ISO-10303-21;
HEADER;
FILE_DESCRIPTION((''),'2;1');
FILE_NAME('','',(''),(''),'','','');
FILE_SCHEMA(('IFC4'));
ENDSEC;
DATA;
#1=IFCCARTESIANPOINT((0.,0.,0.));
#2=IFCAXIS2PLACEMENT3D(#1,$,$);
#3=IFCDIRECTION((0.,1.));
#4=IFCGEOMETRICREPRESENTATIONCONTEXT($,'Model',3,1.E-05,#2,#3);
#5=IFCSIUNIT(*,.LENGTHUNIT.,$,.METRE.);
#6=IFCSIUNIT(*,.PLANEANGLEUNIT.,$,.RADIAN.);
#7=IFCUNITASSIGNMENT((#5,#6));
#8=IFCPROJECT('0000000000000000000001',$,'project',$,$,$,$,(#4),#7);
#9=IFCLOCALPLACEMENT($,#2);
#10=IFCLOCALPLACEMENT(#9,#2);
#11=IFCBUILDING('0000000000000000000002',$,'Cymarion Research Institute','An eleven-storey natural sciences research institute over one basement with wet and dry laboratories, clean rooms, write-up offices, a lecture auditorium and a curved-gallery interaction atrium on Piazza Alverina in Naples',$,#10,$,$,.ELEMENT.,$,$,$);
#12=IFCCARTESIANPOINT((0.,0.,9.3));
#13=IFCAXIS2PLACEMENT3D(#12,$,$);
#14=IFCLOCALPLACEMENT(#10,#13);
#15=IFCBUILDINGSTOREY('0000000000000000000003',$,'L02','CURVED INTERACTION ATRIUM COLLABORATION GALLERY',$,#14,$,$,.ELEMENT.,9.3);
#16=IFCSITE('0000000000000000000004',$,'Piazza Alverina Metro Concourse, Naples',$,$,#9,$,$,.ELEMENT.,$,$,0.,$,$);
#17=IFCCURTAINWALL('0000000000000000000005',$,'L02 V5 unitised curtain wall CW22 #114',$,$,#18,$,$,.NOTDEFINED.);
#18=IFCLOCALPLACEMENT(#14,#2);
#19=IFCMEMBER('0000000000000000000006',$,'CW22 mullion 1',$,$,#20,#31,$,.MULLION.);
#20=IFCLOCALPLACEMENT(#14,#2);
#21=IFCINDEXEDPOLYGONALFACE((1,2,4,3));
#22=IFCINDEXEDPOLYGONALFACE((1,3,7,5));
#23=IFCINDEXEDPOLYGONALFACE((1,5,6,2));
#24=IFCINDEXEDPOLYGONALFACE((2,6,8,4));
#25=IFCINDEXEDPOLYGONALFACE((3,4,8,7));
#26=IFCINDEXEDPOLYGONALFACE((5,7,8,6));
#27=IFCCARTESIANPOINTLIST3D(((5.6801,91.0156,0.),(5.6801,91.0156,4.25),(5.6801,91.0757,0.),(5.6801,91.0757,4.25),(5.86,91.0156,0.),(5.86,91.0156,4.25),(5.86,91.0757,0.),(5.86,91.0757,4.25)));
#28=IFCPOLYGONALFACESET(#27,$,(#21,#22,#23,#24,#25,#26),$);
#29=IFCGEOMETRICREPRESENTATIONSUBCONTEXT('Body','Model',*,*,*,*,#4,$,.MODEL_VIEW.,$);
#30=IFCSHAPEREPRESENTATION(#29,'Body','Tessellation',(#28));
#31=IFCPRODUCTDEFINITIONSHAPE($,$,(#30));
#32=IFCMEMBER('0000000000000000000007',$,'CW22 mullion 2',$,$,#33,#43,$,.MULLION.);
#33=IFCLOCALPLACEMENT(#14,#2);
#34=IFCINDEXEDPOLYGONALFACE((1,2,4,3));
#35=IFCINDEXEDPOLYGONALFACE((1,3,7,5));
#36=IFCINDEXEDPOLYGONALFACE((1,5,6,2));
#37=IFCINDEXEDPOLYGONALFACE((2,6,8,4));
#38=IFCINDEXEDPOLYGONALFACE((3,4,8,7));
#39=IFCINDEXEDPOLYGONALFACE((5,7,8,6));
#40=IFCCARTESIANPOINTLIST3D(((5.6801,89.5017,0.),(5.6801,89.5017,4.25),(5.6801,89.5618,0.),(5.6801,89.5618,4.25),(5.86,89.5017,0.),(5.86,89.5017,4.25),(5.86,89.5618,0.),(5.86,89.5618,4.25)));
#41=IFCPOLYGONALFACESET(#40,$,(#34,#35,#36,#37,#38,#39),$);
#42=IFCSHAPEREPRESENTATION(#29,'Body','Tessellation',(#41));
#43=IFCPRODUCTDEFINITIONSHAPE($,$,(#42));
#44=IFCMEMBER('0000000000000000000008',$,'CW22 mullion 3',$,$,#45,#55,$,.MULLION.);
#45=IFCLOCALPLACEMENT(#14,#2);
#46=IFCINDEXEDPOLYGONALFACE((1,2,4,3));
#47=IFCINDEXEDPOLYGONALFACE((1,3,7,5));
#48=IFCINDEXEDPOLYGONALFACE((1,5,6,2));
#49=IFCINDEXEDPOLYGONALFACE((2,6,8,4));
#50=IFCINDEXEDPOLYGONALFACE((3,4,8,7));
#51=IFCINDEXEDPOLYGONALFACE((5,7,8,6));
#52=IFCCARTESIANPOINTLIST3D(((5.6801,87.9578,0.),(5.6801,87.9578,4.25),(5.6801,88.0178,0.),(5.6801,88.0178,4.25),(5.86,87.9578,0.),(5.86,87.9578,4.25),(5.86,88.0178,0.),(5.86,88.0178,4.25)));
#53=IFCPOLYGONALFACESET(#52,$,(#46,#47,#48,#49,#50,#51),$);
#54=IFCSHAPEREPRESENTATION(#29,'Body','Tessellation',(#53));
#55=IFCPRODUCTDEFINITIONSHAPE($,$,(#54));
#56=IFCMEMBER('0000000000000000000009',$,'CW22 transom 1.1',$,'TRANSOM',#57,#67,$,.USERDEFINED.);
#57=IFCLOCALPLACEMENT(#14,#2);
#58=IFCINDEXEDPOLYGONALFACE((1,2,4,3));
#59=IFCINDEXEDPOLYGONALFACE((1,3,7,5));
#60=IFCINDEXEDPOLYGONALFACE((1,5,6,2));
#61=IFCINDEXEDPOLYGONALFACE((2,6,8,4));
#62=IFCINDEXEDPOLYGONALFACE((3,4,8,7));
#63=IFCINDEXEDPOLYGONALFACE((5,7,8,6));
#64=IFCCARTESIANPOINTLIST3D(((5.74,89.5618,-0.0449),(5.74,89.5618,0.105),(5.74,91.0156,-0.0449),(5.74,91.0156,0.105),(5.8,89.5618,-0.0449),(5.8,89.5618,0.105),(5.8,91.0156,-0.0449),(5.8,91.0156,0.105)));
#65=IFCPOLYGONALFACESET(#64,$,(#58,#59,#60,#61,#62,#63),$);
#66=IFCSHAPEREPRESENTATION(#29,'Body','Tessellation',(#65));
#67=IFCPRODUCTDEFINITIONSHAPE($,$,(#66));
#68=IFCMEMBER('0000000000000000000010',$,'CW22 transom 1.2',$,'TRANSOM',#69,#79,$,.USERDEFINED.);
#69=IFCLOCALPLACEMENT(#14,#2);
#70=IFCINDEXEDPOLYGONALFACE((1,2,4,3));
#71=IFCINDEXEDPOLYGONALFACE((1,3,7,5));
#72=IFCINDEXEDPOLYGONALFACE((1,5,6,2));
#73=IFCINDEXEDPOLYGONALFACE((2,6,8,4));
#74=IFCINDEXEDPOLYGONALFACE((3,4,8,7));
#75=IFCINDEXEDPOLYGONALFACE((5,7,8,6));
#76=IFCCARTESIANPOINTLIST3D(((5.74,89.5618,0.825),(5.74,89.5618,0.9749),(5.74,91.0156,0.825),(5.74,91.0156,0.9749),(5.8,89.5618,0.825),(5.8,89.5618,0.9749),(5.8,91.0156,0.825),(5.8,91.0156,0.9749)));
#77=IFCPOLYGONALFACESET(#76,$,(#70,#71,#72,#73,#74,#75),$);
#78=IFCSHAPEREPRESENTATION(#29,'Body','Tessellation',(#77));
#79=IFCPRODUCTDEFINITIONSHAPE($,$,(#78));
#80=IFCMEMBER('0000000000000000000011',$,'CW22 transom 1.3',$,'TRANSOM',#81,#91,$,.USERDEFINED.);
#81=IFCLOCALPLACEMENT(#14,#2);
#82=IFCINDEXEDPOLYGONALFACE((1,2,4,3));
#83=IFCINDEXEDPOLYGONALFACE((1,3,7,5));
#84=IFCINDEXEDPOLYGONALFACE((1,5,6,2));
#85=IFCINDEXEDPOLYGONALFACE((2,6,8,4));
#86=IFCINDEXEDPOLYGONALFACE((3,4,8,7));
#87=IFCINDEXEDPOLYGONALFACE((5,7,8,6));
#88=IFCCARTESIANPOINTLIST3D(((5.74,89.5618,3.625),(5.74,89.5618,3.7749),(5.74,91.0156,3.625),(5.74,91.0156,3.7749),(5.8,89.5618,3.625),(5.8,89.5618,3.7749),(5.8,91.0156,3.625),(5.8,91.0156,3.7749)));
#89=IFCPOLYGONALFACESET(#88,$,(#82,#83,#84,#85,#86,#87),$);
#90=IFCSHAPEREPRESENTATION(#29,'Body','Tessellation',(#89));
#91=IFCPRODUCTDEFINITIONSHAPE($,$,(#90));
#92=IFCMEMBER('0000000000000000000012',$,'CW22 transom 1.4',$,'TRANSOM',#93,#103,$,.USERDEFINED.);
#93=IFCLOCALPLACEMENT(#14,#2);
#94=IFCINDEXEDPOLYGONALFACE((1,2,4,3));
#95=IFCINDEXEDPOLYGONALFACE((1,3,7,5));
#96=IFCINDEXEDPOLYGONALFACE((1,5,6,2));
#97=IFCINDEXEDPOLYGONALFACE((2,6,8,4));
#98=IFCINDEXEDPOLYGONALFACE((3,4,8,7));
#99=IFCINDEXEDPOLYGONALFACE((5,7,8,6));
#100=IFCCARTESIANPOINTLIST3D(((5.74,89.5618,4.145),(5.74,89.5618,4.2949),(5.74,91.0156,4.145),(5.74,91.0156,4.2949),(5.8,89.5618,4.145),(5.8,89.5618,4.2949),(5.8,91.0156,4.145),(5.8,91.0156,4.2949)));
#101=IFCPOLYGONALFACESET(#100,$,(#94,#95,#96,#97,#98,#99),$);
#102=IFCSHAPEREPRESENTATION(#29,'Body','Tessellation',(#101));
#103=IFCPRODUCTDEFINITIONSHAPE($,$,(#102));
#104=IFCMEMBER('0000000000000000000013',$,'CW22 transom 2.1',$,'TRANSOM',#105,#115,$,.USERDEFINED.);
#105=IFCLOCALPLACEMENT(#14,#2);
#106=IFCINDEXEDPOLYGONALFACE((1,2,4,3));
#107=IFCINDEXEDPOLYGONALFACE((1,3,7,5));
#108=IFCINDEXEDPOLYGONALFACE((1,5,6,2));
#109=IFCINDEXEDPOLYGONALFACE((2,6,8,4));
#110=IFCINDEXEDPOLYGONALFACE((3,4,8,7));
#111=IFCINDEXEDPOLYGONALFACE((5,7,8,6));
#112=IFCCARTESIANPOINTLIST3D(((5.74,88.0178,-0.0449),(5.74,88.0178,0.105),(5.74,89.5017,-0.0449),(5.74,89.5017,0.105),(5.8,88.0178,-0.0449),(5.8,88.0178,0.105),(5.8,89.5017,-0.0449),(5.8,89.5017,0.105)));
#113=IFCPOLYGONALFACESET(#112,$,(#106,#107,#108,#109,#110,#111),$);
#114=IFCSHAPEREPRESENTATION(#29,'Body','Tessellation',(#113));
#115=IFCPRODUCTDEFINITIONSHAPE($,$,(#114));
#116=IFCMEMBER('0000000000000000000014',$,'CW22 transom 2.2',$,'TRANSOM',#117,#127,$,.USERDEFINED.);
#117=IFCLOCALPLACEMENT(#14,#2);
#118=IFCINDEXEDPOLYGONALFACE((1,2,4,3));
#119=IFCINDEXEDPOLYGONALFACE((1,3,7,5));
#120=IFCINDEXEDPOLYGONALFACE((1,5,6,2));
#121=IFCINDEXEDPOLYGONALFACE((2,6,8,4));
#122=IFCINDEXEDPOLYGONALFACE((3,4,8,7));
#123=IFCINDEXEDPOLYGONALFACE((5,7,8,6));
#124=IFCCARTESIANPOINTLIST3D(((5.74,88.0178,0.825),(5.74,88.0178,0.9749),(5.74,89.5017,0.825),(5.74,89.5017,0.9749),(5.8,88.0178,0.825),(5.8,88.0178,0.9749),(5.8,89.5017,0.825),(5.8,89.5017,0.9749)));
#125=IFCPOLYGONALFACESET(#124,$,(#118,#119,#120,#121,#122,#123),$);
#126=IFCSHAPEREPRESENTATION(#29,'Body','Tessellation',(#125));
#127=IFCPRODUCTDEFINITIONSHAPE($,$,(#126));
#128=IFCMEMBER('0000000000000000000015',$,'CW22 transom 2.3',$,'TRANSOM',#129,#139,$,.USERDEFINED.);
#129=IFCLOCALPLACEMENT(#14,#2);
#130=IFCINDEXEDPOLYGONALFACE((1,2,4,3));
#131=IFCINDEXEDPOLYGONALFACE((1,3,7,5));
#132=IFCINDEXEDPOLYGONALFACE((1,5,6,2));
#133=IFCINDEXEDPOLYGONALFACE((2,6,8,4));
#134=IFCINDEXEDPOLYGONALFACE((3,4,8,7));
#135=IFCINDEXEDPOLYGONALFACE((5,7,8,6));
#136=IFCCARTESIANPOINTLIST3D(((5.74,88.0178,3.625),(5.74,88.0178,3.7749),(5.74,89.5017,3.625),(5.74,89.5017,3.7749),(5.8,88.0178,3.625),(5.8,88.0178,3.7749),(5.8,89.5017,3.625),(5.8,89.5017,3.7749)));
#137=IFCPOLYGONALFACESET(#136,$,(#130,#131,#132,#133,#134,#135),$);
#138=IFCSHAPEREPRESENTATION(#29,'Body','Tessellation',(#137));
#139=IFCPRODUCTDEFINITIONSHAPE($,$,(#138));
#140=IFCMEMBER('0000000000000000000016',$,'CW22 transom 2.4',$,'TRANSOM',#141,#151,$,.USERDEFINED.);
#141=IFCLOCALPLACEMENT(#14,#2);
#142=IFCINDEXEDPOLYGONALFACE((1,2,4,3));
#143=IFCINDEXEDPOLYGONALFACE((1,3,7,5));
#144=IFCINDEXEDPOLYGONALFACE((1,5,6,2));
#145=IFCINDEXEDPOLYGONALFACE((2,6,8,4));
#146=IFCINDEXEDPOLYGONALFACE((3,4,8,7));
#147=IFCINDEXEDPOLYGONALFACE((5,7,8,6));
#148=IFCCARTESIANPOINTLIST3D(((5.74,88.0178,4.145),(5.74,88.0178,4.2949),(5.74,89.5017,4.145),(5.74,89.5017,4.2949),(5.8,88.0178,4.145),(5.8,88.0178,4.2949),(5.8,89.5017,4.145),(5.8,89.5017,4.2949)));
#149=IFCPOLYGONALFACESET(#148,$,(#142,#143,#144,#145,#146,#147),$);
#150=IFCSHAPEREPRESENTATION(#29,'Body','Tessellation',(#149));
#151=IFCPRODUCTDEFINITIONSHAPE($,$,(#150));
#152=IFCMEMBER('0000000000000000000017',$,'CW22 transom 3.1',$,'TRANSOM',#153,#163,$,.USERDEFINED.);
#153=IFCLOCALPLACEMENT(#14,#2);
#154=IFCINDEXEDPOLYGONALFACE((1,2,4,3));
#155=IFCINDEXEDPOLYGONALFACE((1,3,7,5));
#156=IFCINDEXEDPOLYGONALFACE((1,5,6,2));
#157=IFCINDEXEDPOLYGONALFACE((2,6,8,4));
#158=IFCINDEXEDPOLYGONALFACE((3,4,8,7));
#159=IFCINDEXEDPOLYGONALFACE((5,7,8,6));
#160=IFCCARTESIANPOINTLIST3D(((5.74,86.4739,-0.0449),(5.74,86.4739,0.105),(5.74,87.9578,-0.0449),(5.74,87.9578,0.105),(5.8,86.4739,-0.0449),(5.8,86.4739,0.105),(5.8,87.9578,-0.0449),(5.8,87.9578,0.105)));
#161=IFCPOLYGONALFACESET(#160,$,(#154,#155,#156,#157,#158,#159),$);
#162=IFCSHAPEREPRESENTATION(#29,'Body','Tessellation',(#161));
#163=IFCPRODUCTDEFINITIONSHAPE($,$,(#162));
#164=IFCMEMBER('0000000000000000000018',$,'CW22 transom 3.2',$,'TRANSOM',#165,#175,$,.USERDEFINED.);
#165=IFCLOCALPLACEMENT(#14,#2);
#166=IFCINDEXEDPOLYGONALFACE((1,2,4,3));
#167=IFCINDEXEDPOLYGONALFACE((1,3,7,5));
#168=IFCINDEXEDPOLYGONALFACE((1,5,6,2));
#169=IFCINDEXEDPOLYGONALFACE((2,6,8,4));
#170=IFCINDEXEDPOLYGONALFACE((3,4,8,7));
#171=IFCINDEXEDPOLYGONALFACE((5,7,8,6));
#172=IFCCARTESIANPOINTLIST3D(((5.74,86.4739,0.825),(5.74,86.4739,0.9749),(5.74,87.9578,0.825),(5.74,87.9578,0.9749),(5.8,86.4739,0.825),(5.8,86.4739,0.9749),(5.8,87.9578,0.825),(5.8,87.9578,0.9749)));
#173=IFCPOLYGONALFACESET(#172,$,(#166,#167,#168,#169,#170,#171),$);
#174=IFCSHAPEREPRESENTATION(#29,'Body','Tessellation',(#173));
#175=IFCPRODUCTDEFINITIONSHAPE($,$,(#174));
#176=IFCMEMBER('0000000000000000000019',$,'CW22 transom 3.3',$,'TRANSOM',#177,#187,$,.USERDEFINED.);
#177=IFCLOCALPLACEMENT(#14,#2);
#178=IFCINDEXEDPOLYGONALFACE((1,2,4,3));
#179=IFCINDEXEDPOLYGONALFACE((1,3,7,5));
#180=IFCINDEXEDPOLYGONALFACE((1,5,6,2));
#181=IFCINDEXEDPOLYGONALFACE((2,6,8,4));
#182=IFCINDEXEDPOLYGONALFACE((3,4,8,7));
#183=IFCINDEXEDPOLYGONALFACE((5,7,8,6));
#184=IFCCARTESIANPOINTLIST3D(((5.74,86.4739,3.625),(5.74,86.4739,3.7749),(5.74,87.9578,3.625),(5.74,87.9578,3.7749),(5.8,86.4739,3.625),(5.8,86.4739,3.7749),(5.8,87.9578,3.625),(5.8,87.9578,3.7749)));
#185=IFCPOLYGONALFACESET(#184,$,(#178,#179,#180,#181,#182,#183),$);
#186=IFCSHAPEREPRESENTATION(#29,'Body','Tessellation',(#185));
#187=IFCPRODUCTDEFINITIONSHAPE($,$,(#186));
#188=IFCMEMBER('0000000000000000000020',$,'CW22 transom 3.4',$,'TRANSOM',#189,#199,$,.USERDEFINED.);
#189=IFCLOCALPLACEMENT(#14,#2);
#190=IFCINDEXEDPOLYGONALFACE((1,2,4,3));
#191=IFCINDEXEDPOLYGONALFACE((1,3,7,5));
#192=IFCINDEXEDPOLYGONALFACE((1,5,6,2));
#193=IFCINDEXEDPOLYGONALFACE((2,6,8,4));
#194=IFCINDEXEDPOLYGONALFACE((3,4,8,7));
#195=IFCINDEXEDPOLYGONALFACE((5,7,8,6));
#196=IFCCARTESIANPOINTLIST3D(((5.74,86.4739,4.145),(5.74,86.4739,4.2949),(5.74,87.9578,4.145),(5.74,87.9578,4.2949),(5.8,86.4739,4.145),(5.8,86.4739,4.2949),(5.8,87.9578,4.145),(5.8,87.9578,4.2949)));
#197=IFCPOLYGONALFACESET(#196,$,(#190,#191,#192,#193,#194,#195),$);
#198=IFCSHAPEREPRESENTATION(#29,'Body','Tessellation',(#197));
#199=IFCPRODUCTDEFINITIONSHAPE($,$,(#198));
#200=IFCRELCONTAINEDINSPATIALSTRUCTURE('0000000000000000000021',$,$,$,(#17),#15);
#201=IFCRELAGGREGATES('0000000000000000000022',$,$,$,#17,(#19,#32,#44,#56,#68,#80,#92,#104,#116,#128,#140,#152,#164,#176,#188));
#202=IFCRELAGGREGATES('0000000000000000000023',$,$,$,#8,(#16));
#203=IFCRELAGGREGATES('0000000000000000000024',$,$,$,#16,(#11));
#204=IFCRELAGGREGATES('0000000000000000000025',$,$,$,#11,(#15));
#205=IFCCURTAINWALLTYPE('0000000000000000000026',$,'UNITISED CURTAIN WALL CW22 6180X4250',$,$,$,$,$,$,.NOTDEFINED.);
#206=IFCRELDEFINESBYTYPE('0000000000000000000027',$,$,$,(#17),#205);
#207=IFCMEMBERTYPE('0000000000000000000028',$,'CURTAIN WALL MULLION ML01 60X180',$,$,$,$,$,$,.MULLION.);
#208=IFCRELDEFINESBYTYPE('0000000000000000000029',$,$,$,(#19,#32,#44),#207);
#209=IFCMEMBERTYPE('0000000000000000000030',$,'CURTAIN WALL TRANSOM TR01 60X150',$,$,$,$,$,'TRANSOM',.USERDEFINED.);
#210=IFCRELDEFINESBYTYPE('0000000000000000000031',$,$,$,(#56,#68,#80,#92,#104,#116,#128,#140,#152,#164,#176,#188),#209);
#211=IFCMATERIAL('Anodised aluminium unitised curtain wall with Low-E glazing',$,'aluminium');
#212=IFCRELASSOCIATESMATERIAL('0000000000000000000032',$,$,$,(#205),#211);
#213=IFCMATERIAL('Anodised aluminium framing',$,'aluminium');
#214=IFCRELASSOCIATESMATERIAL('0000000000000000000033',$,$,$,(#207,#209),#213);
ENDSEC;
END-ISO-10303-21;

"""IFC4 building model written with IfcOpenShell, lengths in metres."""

from ifc_helpers import new_model, si_unit, direction, frame, origin, origin_2d, place, context, subcontext, project, spatial, rectangle, extrude, material, material_profile, profile_set, type_object, element, aggregate, save


model = new_model("IFC4")

# Units and contexts
model_context = context("Model", 3, precision=1e-05, world=origin(), true_north=direction((0.0, 1.0)))
body_context = subcontext(model_context, "Body", "Model", "MODEL_VIEW")
ifc_project = project(units=[si_unit("LENGTHUNIT", "METRE"), si_unit("PLANEANGLEUNIT", "RADIAN")], contexts=[model_context])

# Site, building, storey
site_placement = place(None, origin())
site = spatial("IfcSite", under=ifc_project, at=site_placement, Name="Piazza Alverina Metro Concourse, Naples", CompositionType="ELEMENT", RefElevation=0.0)
building_placement = place(site_placement, origin())
building = spatial("IfcBuilding", under=site, at=building_placement, Name="Cymarion Research Institute", Description="An eleven-storey natural sciences research institute over one basement with wet and dry laboratories, clean rooms, write-up offices, a lecture auditorium and a curved-gallery interaction atrium on Piazza Alverina in Naples", CompositionType="ELEMENT")
storey_placement = place(building_placement, frame((0.0, 0.0, 9.3)))
storey = spatial("IfcBuildingStorey", under=building, at=storey_placement, Name="L02", Description="CURVED INTERACTION ATRIUM COLLABORATION GALLERY", CompositionType="ELEMENT", Elevation=9.3)

# Curtain wall, members
ifc_material_1 = material(Name="Anodised aluminium unitised curtain wall with Low-E glazing", Category="aluminium")
curtain_wall_type = type_object("IfcCurtainWallType", Name="UNITISED CURTAIN WALL CW22 6180X4250", PredefinedType="NOTDEFINED", material=ifc_material_1)
curtain_wall_placement = place(storey_placement, origin())
curtain_wall = element("IfcCurtainWall", 1, at=curtain_wall_placement, inside=storey, type_object=curtain_wall_type, Name="L02 V5 unitised curtain wall CW22 #114", PredefinedType="NOTDEFINED")
ifc_material_2 = material(Name="Anodised aluminium framing", Category="aluminium")
ifc_material_profile_1 = material_profile(ifc_material_2, rectangle(XDim=0.0601, YDim=0.1799, at=origin_2d()), Name="ALU MULLION 60x180")
ifc_profile_set_1 = profile_set([ifc_material_profile_1], Name="Anodised aluminium framing")
member_type_1 = type_object("IfcMemberType", Name="CURTAIN WALL MULLION ML01 60X180", PredefinedType="MULLION", material=ifc_profile_set_1)
member_1_placement = place(storey_placement, frame((5.77, 91.0457, 0.0), z_axis=(0.0, 0.0, 1.0), x_axis=(0.0, -1.0, 0.0)))
member_1 = element("IfcMember", 2, at=member_1_placement, type_object=member_type_1, Name="CW22 mullion 1", PredefinedType="MULLION", context=body_context, shape_type="SweptSolid", body=[
    extrude(rectangle(XDim=0.0601, YDim=0.1799, at=origin_2d()), origin(), (0.0, 0.0, 1.0), 4.25),
])
member_2_placement = place(storey_placement, frame((5.77, 89.5317, 0.0), z_axis=(0.0, 0.0, 1.0), x_axis=(0.0, -1.0, 0.0)))
member_2 = element("IfcMember", 3, at=member_2_placement, type_object=member_type_1, Name="CW22 mullion 2", PredefinedType="MULLION", context=body_context, shape_type="SweptSolid", body=[
    extrude(rectangle(XDim=0.0601, YDim=0.1799, at=origin_2d()), origin(), (0.0, 0.0, 1.0), 4.25),
])
member_3_placement = place(storey_placement, frame((5.77, 87.9878, 0.0), z_axis=(0.0, 0.0, 1.0), x_axis=(0.0, -1.0, 0.0)))
member_3 = element("IfcMember", 4, at=member_3_placement, type_object=member_type_1, Name="CW22 mullion 3", PredefinedType="MULLION", context=body_context, shape_type="SweptSolid", body=[
    extrude(rectangle(XDim=0.0601, YDim=0.1799, at=origin_2d()), origin(), (0.0, 0.0, 1.0), 4.25),
])
ifc_material_profile_2 = material_profile(ifc_material_2, rectangle(XDim=0.0601, YDim=0.1499, at=origin_2d()), Name="ALU TRANSOM 60x150")
ifc_profile_set_2 = profile_set([ifc_material_profile_2], Name="Anodised aluminium framing")
member_type_2 = type_object("IfcMemberType", Name="CURTAIN WALL TRANSOM TR01 60X150", ElementType="TRANSOM", PredefinedType="USERDEFINED", material=ifc_profile_set_2)
member_4_placement = place(storey_placement, frame((5.77, 91.0156, 0.03), z_axis=(0.0, -1.0, 0.0), x_axis=(1.0, 0.0, 0.0)))
member_4 = element("IfcMember", 5, at=member_4_placement, type_object=member_type_2, Name="CW22 transom 1.1", ObjectType="TRANSOM", PredefinedType="USERDEFINED", context=body_context, shape_type="SweptSolid", body=[
    extrude(rectangle(XDim=0.0601, YDim=0.1499, at=origin_2d()), origin(), (0.0, 0.0, 1.0), 1.4539),
])
member_5_placement = place(storey_placement, frame((5.77, 91.0156, 0.8999), z_axis=(0.0, -1.0, 0.0), x_axis=(1.0, 0.0, 0.0)))
member_5 = element("IfcMember", 6, at=member_5_placement, type_object=member_type_2, Name="CW22 transom 1.2", ObjectType="TRANSOM", PredefinedType="USERDEFINED", context=body_context, shape_type="SweptSolid", body=[
    extrude(rectangle(XDim=0.0601, YDim=0.1499, at=origin_2d()), origin(), (0.0, 0.0, 1.0), 1.4539),
])
member_6_placement = place(storey_placement, frame((5.77, 91.0156, 3.7), z_axis=(0.0, -1.0, 0.0), x_axis=(1.0, 0.0, 0.0)))
member_6 = element("IfcMember", 7, at=member_6_placement, type_object=member_type_2, Name="CW22 transom 1.3", ObjectType="TRANSOM", PredefinedType="USERDEFINED", context=body_context, shape_type="SweptSolid", body=[
    extrude(rectangle(XDim=0.0601, YDim=0.1499, at=origin_2d()), origin(), (0.0, 0.0, 1.0), 1.4539),
])
member_7_placement = place(storey_placement, frame((5.77, 91.0156, 4.22), z_axis=(0.0, -1.0, 0.0), x_axis=(1.0, 0.0, 0.0)))
member_7 = element("IfcMember", 8, at=member_7_placement, type_object=member_type_2, Name="CW22 transom 1.4", ObjectType="TRANSOM", PredefinedType="USERDEFINED", context=body_context, shape_type="SweptSolid", body=[
    extrude(rectangle(XDim=0.0601, YDim=0.1499, at=origin_2d()), origin(), (0.0, 0.0, 1.0), 1.4539),
])
member_8_placement = place(storey_placement, frame((5.77, 89.5017, 0.03), z_axis=(0.0, -1.0, 0.0), x_axis=(1.0, 0.0, 0.0)))
member_8 = element("IfcMember", 9, at=member_8_placement, type_object=member_type_2, Name="CW22 transom 2.1", ObjectType="TRANSOM", PredefinedType="USERDEFINED", context=body_context, shape_type="SweptSolid", body=[
    extrude(rectangle(XDim=0.0601, YDim=0.1499, at=origin_2d()), origin(), (0.0, 0.0, 1.0), 1.4839),
])
member_9_placement = place(storey_placement, frame((5.77, 89.5017, 0.8999), z_axis=(0.0, -1.0, 0.0), x_axis=(1.0, 0.0, 0.0)))
member_9 = element("IfcMember", 10, at=member_9_placement, type_object=member_type_2, Name="CW22 transom 2.2", ObjectType="TRANSOM", PredefinedType="USERDEFINED", context=body_context, shape_type="SweptSolid", body=[
    extrude(rectangle(XDim=0.0601, YDim=0.1499, at=origin_2d()), origin(), (0.0, 0.0, 1.0), 1.4839),
])
member_10_placement = place(storey_placement, frame((5.77, 89.5017, 3.7), z_axis=(0.0, -1.0, 0.0), x_axis=(1.0, 0.0, 0.0)))
member_10 = element("IfcMember", 11, at=member_10_placement, type_object=member_type_2, Name="CW22 transom 2.3", ObjectType="TRANSOM", PredefinedType="USERDEFINED", context=body_context, shape_type="SweptSolid", body=[
    extrude(rectangle(XDim=0.0601, YDim=0.1499, at=origin_2d()), origin(), (0.0, 0.0, 1.0), 1.4839),
])
member_11_placement = place(storey_placement, frame((5.77, 89.5017, 4.22), z_axis=(0.0, -1.0, 0.0), x_axis=(1.0, 0.0, 0.0)))
member_11 = element("IfcMember", 12, at=member_11_placement, type_object=member_type_2, Name="CW22 transom 2.4", ObjectType="TRANSOM", PredefinedType="USERDEFINED", context=body_context, shape_type="SweptSolid", body=[
    extrude(rectangle(XDim=0.0601, YDim=0.1499, at=origin_2d()), origin(), (0.0, 0.0, 1.0), 1.4839),
])
member_12_placement = place(storey_placement, frame((5.77, 87.9578, 0.03), z_axis=(0.0, -1.0, 0.0), x_axis=(1.0, 0.0, 0.0)))
member_12 = element("IfcMember", 13, at=member_12_placement, type_object=member_type_2, Name="CW22 transom 3.1", ObjectType="TRANSOM", PredefinedType="USERDEFINED", context=body_context, shape_type="SweptSolid", body=[
    extrude(rectangle(XDim=0.0601, YDim=0.1499, at=origin_2d()), origin(), (0.0, 0.0, 1.0), 1.4839),
])
member_13_placement = place(storey_placement, frame((5.77, 87.9578, 0.8999), z_axis=(0.0, -1.0, 0.0), x_axis=(1.0, 0.0, 0.0)))
member_13 = element("IfcMember", 14, at=member_13_placement, type_object=member_type_2, Name="CW22 transom 3.2", ObjectType="TRANSOM", PredefinedType="USERDEFINED", context=body_context, shape_type="SweptSolid", body=[
    extrude(rectangle(XDim=0.0601, YDim=0.1499, at=origin_2d()), origin(), (0.0, 0.0, 1.0), 1.4839),
])
member_14_placement = place(storey_placement, frame((5.77, 87.9578, 3.7), z_axis=(0.0, -1.0, 0.0), x_axis=(1.0, 0.0, 0.0)))
member_14 = element("IfcMember", 15, at=member_14_placement, type_object=member_type_2, Name="CW22 transom 3.3", ObjectType="TRANSOM", PredefinedType="USERDEFINED", context=body_context, shape_type="SweptSolid", body=[
    extrude(rectangle(XDim=0.0601, YDim=0.1499, at=origin_2d()), origin(), (0.0, 0.0, 1.0), 1.4839),
])
member_15_placement = place(storey_placement, frame((5.77, 87.9578, 4.22), z_axis=(0.0, -1.0, 0.0), x_axis=(1.0, 0.0, 0.0)))
member_15 = element("IfcMember", 16, at=member_15_placement, type_object=member_type_2, Name="CW22 transom 3.4", ObjectType="TRANSOM", PredefinedType="USERDEFINED", context=body_context, shape_type="SweptSolid", body=[
    extrude(rectangle(XDim=0.0601, YDim=0.1499, at=origin_2d()), origin(), (0.0, 0.0, 1.0), 1.4839),
])
aggregate(curtain_wall, [member_1, member_2, member_3, member_4, member_5, member_6, member_7, member_8, member_9, member_10, member_11, member_12, member_13, member_14, member_15])

save(model, "model.ifc")
